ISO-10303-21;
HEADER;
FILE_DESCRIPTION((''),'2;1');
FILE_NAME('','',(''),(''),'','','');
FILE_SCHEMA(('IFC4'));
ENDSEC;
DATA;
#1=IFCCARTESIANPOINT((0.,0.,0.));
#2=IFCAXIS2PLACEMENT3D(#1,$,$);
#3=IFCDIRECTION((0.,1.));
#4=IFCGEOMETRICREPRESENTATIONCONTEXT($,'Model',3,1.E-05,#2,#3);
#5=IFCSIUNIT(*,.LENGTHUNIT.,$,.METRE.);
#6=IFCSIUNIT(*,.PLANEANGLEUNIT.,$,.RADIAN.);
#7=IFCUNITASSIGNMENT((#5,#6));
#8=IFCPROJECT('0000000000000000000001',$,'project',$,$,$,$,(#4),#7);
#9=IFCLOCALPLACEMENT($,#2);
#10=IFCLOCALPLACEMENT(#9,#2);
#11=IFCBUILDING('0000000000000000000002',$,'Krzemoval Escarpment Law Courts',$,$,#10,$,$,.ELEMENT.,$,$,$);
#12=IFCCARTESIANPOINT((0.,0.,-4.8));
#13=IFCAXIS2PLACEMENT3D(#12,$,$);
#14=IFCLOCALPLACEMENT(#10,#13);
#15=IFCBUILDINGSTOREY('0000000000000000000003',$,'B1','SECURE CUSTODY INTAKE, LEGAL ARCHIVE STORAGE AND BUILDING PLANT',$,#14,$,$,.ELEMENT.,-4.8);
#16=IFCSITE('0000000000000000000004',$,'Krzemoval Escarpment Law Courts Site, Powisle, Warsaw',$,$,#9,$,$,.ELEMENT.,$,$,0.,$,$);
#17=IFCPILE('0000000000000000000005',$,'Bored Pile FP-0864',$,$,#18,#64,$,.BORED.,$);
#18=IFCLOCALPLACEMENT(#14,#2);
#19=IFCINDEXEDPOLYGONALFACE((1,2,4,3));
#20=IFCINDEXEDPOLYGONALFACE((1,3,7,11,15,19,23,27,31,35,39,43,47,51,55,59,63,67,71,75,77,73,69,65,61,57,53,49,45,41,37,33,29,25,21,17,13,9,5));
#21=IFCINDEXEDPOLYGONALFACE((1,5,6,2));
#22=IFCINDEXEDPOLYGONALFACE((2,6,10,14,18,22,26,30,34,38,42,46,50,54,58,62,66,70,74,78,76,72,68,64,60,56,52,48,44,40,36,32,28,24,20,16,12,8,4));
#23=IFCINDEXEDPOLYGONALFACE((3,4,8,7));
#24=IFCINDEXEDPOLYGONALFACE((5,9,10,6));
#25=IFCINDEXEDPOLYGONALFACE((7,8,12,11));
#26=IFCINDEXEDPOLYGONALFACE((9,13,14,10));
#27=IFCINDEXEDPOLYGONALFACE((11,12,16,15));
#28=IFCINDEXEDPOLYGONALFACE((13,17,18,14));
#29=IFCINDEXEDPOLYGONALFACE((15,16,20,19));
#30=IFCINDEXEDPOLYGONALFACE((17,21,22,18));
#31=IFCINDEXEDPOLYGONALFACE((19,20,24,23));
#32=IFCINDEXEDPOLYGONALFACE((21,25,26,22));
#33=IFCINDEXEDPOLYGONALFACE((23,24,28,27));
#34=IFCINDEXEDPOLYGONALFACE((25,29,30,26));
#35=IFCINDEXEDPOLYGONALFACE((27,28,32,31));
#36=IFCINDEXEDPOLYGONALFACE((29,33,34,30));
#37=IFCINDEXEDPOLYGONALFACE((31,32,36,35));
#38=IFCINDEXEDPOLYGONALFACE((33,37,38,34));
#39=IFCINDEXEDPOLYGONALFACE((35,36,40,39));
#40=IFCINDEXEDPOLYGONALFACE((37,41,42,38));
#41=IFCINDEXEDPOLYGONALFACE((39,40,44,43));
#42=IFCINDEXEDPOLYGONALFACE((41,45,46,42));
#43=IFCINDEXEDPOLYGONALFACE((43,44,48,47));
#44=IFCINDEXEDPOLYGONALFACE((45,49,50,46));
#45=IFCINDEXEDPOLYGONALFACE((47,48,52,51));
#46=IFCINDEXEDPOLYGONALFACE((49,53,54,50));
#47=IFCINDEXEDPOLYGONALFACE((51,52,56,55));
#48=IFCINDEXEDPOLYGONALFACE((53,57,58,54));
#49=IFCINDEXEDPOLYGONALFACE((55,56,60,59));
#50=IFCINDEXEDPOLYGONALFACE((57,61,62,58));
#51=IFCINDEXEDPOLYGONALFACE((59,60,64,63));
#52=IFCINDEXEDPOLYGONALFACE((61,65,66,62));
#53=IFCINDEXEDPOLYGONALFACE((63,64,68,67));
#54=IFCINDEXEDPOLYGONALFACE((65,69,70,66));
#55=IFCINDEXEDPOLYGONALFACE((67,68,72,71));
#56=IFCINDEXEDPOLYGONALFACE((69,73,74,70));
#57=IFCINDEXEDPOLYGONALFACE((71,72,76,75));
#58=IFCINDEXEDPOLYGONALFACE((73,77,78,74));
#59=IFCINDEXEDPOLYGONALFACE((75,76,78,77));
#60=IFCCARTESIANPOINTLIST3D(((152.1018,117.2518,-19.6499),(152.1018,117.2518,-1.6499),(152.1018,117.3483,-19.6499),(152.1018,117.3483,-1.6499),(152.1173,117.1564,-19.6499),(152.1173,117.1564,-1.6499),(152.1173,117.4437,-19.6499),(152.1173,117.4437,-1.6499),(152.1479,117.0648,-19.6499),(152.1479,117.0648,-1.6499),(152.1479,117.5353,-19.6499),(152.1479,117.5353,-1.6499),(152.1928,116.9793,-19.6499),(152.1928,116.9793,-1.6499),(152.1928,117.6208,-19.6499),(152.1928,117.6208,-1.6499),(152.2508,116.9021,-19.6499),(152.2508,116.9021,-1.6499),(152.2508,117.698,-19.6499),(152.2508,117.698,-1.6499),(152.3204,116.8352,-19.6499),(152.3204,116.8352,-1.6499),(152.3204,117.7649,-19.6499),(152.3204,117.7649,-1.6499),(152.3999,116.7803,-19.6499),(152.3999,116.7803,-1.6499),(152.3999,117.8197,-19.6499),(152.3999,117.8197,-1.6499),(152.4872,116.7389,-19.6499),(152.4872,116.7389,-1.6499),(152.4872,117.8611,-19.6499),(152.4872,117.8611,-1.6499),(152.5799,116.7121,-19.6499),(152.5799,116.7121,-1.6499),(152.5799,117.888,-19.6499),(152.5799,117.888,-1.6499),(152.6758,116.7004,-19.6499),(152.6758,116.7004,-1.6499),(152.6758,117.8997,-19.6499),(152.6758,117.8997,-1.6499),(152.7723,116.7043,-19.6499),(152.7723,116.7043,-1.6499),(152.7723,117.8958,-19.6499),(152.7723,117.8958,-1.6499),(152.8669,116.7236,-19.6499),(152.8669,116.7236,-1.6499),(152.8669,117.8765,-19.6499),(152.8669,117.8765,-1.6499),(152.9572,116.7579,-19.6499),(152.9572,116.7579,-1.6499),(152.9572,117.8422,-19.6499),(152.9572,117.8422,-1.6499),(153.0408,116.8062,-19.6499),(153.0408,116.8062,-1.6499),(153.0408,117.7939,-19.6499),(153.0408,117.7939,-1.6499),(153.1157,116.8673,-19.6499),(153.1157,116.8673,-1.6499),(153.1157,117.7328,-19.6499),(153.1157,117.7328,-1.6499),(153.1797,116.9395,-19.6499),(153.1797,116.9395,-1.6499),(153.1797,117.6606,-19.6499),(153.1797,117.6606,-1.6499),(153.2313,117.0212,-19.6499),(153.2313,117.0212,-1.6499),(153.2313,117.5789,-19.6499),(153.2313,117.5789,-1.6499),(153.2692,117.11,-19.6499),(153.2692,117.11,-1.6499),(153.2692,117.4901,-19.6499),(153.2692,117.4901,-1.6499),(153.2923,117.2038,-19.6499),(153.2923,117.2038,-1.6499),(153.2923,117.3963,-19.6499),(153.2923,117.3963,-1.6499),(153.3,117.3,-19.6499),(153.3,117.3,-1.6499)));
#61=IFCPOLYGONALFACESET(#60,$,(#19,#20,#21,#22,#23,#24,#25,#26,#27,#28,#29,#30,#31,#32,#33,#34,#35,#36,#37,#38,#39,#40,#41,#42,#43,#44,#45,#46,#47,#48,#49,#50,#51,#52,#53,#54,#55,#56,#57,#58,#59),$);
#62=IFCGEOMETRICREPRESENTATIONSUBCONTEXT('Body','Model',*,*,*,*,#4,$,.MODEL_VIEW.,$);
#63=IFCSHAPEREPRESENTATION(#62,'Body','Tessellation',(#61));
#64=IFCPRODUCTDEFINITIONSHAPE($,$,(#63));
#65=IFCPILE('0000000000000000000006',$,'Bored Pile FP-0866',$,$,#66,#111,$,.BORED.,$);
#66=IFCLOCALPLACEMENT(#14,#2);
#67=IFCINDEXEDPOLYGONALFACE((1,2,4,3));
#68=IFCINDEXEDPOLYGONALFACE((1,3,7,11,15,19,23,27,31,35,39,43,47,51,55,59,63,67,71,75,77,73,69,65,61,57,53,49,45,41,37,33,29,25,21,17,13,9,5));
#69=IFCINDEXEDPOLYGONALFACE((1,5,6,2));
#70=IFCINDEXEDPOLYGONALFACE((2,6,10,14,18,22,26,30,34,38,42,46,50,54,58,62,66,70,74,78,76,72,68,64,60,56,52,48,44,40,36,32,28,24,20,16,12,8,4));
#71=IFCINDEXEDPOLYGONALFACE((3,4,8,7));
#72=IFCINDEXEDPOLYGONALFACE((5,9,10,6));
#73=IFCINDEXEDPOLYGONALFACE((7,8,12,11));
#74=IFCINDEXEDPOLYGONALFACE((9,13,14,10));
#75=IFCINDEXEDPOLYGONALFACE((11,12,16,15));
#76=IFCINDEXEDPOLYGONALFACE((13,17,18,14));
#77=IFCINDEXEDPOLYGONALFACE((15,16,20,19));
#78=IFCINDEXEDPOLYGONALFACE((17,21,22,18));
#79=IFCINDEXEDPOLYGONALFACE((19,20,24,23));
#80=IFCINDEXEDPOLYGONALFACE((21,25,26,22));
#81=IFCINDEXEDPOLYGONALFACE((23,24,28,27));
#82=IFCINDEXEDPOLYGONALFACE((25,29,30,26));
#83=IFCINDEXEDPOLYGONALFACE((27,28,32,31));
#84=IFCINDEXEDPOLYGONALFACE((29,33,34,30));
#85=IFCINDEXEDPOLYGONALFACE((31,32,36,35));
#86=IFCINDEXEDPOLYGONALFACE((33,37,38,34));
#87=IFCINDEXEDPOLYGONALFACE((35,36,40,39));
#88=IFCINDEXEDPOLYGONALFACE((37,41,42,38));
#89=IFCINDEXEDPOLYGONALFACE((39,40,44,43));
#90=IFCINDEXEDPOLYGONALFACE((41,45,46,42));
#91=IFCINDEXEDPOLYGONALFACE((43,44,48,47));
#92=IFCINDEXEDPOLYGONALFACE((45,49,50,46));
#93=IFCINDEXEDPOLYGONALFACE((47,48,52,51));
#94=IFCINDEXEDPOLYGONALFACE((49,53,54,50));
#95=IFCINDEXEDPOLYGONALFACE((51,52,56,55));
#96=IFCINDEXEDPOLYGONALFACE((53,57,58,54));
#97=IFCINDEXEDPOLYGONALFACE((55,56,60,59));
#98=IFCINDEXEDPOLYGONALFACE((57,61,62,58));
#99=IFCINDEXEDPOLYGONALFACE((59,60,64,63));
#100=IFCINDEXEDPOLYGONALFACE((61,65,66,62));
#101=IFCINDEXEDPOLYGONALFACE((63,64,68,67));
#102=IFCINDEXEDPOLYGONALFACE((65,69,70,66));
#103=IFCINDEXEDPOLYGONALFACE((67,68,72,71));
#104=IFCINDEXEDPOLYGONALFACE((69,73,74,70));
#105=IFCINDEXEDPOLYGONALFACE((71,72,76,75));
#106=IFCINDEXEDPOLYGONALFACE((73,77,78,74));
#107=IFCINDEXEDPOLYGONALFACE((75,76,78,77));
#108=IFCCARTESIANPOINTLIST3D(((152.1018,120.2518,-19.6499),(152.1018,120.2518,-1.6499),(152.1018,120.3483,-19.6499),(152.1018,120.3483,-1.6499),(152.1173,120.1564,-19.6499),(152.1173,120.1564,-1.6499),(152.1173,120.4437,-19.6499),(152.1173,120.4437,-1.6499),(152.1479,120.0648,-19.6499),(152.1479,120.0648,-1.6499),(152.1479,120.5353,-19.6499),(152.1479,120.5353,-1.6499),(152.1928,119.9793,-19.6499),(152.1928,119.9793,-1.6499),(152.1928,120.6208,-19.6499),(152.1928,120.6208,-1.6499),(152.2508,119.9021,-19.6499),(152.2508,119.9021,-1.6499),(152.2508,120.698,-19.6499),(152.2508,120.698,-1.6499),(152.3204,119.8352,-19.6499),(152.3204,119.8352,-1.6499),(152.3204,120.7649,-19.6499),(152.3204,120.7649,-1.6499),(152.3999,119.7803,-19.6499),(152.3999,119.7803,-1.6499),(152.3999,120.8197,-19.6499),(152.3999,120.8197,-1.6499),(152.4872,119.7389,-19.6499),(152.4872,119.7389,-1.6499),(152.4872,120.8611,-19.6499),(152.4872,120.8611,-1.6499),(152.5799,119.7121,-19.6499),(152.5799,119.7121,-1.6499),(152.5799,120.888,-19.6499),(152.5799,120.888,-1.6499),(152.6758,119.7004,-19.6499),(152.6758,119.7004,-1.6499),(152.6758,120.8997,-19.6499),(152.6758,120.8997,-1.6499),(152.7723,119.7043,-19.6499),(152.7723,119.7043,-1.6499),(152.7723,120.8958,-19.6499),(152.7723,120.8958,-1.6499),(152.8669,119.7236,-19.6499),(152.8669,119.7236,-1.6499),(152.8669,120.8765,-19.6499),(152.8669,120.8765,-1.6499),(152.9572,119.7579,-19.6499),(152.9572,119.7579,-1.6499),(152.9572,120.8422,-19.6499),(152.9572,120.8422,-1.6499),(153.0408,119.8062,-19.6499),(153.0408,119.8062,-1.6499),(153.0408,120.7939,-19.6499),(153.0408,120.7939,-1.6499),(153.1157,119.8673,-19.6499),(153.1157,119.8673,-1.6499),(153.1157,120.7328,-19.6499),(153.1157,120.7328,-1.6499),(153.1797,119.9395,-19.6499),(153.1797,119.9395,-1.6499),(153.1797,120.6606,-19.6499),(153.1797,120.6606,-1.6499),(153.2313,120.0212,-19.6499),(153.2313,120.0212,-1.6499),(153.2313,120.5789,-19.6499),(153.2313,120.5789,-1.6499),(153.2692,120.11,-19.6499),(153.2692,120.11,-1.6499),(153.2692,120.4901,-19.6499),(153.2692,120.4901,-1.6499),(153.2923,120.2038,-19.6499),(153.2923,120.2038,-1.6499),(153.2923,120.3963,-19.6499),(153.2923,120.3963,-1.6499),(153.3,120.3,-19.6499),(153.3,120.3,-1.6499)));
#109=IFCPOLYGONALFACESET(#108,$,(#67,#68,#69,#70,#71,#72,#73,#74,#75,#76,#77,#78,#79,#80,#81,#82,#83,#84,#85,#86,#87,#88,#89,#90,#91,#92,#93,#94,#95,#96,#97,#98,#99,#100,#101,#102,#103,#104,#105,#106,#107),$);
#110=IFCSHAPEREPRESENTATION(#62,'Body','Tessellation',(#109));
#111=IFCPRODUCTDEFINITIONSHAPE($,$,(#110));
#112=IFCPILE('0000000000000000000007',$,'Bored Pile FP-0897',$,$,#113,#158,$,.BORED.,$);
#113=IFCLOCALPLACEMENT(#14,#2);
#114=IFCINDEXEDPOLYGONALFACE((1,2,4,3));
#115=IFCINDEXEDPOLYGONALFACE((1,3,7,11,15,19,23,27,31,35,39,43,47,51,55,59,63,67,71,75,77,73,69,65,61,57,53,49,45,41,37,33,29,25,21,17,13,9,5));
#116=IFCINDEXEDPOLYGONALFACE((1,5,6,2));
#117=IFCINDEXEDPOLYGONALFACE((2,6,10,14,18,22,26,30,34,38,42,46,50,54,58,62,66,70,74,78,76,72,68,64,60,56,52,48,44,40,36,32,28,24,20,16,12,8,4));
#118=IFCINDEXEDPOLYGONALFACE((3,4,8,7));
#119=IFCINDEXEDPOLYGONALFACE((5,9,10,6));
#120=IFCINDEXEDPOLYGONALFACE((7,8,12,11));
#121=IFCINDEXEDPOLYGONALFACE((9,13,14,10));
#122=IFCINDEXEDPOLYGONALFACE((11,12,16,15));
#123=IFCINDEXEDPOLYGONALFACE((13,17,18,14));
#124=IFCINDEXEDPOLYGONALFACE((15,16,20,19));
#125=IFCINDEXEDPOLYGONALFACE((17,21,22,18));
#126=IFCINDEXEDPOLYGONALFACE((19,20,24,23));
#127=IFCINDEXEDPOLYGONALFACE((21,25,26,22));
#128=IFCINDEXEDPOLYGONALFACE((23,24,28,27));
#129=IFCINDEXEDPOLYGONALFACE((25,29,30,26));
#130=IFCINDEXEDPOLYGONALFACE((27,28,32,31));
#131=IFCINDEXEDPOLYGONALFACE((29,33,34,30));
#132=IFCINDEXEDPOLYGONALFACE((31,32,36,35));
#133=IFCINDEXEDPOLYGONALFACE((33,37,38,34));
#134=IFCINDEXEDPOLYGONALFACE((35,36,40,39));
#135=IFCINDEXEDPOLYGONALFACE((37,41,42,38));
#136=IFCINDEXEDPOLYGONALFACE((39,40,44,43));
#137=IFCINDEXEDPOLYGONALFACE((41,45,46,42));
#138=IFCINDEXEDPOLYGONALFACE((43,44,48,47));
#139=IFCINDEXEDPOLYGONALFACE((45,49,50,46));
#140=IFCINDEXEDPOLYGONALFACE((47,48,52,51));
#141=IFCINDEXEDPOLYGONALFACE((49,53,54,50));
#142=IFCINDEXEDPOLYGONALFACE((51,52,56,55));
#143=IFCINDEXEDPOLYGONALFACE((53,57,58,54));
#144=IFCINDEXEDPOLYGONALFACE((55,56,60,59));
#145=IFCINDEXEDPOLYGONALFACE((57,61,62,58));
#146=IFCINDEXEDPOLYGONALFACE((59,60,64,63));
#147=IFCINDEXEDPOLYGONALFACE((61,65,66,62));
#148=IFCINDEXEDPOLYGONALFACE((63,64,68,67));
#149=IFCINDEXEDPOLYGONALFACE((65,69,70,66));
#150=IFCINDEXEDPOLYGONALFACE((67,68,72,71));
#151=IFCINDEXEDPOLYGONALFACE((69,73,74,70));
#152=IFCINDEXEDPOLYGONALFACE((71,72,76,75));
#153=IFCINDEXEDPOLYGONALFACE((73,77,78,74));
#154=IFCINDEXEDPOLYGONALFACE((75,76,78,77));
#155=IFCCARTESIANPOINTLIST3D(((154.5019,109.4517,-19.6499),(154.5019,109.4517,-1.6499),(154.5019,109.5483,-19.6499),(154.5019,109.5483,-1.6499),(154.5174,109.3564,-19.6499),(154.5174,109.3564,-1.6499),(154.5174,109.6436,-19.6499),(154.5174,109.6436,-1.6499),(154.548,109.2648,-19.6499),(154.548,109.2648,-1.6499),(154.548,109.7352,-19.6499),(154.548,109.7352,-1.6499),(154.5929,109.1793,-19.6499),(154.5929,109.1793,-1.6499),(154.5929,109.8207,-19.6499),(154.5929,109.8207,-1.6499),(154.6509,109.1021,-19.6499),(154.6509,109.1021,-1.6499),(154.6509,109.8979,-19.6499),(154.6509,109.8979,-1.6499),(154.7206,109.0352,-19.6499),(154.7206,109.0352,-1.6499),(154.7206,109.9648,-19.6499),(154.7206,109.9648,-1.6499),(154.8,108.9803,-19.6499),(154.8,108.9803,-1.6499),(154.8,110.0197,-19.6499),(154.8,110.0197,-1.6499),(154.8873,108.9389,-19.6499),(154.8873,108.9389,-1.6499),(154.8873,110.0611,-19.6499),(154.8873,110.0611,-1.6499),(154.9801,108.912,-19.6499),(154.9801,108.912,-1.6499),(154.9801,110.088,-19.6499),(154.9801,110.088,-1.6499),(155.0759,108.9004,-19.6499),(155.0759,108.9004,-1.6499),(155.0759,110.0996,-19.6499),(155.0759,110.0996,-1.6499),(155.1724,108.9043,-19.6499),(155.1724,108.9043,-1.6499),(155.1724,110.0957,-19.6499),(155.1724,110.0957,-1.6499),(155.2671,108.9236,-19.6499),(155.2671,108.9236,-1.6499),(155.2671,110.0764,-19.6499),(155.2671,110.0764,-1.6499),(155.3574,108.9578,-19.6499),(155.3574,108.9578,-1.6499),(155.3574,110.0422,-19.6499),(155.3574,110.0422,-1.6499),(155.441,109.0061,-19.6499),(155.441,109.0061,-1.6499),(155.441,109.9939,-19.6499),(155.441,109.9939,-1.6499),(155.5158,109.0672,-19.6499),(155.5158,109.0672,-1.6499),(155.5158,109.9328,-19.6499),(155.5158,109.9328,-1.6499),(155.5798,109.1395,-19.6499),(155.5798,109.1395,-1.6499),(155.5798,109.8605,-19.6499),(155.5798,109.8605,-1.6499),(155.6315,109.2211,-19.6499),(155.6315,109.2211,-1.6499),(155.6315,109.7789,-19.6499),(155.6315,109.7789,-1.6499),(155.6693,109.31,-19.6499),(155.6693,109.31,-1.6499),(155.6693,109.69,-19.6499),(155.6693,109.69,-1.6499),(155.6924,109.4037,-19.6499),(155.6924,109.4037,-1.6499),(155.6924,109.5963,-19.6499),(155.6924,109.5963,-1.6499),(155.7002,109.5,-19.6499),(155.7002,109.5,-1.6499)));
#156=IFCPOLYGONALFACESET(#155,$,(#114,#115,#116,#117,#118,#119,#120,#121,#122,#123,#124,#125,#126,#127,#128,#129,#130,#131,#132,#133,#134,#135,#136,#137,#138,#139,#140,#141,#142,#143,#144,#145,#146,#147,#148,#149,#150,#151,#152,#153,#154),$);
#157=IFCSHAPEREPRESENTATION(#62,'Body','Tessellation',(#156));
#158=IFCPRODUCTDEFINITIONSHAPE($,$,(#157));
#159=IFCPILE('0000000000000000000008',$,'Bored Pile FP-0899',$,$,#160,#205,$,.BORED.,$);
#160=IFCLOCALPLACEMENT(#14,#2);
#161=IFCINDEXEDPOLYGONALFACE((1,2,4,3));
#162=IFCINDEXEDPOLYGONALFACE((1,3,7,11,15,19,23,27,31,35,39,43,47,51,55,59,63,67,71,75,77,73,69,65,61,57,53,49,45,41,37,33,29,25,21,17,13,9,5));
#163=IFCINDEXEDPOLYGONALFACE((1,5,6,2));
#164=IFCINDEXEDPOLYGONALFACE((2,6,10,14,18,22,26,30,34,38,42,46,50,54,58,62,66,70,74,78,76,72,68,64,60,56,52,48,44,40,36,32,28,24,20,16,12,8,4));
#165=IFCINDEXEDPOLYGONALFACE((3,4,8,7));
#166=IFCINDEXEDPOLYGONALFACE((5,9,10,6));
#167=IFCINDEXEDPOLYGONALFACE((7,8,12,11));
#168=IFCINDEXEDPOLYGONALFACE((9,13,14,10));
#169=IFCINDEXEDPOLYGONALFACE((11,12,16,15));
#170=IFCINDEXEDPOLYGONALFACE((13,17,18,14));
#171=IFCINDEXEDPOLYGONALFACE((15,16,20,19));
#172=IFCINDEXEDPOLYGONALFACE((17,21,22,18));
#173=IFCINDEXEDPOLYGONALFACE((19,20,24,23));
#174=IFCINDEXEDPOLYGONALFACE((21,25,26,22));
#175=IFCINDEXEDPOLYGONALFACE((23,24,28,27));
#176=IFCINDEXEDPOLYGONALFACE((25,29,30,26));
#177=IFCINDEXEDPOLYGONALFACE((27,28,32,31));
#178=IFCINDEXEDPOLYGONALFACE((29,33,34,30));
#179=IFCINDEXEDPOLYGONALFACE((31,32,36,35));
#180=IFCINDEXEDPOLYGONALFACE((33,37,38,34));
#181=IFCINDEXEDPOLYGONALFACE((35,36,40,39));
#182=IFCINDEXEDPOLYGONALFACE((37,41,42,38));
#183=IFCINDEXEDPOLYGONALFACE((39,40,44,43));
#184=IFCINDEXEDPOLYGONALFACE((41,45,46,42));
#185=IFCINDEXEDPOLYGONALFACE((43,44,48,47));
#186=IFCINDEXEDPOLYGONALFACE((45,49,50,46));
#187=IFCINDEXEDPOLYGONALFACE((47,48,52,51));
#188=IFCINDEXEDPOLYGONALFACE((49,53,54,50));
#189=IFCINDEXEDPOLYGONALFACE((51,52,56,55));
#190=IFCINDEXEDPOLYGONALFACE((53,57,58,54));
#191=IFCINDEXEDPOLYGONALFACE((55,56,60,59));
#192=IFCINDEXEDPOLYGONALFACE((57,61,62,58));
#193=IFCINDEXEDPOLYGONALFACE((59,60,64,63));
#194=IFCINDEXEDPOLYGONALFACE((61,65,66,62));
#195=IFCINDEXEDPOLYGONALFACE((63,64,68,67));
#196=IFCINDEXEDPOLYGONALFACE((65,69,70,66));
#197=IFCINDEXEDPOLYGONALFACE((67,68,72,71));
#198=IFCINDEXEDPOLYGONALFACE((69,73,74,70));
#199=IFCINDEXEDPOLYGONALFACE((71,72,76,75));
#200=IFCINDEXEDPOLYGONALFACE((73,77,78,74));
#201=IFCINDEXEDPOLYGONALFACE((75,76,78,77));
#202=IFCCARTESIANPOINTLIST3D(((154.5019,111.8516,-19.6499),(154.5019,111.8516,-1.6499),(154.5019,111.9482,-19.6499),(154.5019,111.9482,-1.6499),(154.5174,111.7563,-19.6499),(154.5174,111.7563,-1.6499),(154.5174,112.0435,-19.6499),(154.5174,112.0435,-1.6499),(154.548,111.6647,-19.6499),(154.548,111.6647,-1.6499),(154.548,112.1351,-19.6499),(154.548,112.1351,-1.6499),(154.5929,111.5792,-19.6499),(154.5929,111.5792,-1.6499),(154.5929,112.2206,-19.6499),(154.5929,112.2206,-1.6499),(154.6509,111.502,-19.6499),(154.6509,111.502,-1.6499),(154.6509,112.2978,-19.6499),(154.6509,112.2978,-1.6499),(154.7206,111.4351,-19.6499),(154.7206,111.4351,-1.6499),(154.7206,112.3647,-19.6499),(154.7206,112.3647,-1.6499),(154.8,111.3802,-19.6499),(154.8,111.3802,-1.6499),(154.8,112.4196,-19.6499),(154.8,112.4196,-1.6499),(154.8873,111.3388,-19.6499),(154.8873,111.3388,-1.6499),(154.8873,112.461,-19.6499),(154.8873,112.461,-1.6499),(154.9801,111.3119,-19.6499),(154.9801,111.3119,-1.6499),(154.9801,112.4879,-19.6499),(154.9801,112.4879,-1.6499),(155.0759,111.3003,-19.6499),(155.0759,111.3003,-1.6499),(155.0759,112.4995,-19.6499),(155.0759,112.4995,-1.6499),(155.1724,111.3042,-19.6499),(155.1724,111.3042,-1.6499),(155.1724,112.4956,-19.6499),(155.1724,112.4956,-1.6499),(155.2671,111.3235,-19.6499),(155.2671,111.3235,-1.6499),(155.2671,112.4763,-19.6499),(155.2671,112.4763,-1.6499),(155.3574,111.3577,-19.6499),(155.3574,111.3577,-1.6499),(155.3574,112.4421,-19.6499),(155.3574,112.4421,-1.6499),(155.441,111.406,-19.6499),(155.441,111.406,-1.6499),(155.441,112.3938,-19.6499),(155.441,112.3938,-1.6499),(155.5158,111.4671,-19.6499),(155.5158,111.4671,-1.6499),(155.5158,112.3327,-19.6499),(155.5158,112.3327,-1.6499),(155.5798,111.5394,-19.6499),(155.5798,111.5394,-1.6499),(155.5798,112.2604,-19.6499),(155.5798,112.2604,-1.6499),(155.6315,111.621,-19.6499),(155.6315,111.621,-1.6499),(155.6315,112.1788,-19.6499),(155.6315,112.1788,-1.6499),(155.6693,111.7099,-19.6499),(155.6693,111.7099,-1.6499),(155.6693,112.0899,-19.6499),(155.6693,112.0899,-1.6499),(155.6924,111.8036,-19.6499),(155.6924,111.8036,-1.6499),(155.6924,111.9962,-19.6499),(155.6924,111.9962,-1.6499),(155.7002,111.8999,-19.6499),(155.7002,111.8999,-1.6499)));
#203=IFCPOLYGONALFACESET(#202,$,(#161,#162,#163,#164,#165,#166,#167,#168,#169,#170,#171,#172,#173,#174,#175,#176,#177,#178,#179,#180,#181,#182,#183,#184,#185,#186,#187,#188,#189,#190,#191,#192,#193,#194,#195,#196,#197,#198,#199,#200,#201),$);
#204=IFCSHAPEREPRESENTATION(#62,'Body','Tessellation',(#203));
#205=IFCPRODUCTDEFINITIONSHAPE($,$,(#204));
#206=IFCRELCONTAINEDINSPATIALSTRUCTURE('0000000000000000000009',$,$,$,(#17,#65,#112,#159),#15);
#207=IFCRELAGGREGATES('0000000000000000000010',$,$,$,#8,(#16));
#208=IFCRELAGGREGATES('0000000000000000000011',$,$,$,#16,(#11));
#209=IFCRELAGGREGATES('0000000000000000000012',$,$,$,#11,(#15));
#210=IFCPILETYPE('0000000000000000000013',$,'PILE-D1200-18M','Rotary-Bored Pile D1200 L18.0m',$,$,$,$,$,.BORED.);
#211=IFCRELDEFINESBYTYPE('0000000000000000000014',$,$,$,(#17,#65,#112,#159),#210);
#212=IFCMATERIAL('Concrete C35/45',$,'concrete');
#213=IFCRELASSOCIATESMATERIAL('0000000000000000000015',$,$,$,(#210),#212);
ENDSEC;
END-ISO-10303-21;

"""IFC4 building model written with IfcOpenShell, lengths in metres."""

from ifc_helpers import new_model, si_unit, direction, frame, origin, origin_2d, place, context, subcontext, project, spatial, circle, extrude, material, material_profile, profile_set, type_object, element, save


model = new_model("IFC4")

# Units and contexts
model_context = context("Model", 3, precision=1e-05, world=origin(), true_north=direction((0.0, 1.0)))
body_context = subcontext(model_context, "Body", "Model", "MODEL_VIEW")
ifc_project = project(units=[si_unit("LENGTHUNIT", "METRE"), si_unit("PLANEANGLEUNIT", "RADIAN")], contexts=[model_context])

# Site, building, storey
site_placement = place(None, origin())
site = spatial("IfcSite", under=ifc_project, at=site_placement, Name="Krzemoval Escarpment Law Courts Site, Powisle, Warsaw", CompositionType="ELEMENT", RefElevation=0.0)
building_placement = place(site_placement, origin())
building = spatial("IfcBuilding", under=site, at=building_placement, Name="Krzemoval Escarpment Law Courts", CompositionType="ELEMENT")
storey_placement = place(building_placement, frame((0.0, 0.0, -4.8)))
storey = spatial("IfcBuildingStorey", under=building, at=storey_placement, Name="B1", Description="SECURE CUSTODY INTAKE, LEGAL ARCHIVE STORAGE AND BUILDING PLANT", CompositionType="ELEMENT", Elevation=-4.8)

# Piles
ifc_material_1 = material(Name="Concrete C35/45", Category="concrete")
ifc_material_profile_1 = material_profile(ifc_material_1, circle(Radius=0.6001, at=origin_2d()), Name="PILE D1200")
ifc_profile_set_1 = profile_set([ifc_material_profile_1], Name="Concrete C35/45")
pile_type = type_object("IfcPileType", Name="PILE-D1200-18M", Description="Rotary-Bored Pile D1200 L18.0m", PredefinedType="BORED", material=ifc_profile_set_1)
for number, where, z_axis, x_axis, name in (
    (1, (152.7, 117.3, -1.6499), (0.0, 0.0, -1.0), (1.0, 0.0, 0.0), "Bored Pile FP-0864"),
    (2, (152.7, 120.3, -1.6499), (0.0, 0.0, -1.0), (1.0, 0.0, 0.0), "Bored Pile FP-0866"),
    (3, (155.1001, 109.5, -1.6499), (0.0, 0.0, -1.0), (1.0, 0.0, 0.0), "Bored Pile FP-0897"),
    (4, (155.1001, 111.8999, -1.6499), (0.0, 0.0, -1.0), (1.0, 0.0, 0.0), "Bored Pile FP-0899"),
):
    element("IfcPile", number, at=place(storey_placement, frame(where, z_axis=z_axis, x_axis=x_axis)), inside=storey, type_object=pile_type, Name=name, PredefinedType="BORED", context=body_context, shape_type="SweptSolid", body=[
        extrude(circle(Radius=0.6001, at=origin_2d()), origin(), (0.0, 0.0, 1.0), 18.0),
    ])

save(model, "model.ifc")
